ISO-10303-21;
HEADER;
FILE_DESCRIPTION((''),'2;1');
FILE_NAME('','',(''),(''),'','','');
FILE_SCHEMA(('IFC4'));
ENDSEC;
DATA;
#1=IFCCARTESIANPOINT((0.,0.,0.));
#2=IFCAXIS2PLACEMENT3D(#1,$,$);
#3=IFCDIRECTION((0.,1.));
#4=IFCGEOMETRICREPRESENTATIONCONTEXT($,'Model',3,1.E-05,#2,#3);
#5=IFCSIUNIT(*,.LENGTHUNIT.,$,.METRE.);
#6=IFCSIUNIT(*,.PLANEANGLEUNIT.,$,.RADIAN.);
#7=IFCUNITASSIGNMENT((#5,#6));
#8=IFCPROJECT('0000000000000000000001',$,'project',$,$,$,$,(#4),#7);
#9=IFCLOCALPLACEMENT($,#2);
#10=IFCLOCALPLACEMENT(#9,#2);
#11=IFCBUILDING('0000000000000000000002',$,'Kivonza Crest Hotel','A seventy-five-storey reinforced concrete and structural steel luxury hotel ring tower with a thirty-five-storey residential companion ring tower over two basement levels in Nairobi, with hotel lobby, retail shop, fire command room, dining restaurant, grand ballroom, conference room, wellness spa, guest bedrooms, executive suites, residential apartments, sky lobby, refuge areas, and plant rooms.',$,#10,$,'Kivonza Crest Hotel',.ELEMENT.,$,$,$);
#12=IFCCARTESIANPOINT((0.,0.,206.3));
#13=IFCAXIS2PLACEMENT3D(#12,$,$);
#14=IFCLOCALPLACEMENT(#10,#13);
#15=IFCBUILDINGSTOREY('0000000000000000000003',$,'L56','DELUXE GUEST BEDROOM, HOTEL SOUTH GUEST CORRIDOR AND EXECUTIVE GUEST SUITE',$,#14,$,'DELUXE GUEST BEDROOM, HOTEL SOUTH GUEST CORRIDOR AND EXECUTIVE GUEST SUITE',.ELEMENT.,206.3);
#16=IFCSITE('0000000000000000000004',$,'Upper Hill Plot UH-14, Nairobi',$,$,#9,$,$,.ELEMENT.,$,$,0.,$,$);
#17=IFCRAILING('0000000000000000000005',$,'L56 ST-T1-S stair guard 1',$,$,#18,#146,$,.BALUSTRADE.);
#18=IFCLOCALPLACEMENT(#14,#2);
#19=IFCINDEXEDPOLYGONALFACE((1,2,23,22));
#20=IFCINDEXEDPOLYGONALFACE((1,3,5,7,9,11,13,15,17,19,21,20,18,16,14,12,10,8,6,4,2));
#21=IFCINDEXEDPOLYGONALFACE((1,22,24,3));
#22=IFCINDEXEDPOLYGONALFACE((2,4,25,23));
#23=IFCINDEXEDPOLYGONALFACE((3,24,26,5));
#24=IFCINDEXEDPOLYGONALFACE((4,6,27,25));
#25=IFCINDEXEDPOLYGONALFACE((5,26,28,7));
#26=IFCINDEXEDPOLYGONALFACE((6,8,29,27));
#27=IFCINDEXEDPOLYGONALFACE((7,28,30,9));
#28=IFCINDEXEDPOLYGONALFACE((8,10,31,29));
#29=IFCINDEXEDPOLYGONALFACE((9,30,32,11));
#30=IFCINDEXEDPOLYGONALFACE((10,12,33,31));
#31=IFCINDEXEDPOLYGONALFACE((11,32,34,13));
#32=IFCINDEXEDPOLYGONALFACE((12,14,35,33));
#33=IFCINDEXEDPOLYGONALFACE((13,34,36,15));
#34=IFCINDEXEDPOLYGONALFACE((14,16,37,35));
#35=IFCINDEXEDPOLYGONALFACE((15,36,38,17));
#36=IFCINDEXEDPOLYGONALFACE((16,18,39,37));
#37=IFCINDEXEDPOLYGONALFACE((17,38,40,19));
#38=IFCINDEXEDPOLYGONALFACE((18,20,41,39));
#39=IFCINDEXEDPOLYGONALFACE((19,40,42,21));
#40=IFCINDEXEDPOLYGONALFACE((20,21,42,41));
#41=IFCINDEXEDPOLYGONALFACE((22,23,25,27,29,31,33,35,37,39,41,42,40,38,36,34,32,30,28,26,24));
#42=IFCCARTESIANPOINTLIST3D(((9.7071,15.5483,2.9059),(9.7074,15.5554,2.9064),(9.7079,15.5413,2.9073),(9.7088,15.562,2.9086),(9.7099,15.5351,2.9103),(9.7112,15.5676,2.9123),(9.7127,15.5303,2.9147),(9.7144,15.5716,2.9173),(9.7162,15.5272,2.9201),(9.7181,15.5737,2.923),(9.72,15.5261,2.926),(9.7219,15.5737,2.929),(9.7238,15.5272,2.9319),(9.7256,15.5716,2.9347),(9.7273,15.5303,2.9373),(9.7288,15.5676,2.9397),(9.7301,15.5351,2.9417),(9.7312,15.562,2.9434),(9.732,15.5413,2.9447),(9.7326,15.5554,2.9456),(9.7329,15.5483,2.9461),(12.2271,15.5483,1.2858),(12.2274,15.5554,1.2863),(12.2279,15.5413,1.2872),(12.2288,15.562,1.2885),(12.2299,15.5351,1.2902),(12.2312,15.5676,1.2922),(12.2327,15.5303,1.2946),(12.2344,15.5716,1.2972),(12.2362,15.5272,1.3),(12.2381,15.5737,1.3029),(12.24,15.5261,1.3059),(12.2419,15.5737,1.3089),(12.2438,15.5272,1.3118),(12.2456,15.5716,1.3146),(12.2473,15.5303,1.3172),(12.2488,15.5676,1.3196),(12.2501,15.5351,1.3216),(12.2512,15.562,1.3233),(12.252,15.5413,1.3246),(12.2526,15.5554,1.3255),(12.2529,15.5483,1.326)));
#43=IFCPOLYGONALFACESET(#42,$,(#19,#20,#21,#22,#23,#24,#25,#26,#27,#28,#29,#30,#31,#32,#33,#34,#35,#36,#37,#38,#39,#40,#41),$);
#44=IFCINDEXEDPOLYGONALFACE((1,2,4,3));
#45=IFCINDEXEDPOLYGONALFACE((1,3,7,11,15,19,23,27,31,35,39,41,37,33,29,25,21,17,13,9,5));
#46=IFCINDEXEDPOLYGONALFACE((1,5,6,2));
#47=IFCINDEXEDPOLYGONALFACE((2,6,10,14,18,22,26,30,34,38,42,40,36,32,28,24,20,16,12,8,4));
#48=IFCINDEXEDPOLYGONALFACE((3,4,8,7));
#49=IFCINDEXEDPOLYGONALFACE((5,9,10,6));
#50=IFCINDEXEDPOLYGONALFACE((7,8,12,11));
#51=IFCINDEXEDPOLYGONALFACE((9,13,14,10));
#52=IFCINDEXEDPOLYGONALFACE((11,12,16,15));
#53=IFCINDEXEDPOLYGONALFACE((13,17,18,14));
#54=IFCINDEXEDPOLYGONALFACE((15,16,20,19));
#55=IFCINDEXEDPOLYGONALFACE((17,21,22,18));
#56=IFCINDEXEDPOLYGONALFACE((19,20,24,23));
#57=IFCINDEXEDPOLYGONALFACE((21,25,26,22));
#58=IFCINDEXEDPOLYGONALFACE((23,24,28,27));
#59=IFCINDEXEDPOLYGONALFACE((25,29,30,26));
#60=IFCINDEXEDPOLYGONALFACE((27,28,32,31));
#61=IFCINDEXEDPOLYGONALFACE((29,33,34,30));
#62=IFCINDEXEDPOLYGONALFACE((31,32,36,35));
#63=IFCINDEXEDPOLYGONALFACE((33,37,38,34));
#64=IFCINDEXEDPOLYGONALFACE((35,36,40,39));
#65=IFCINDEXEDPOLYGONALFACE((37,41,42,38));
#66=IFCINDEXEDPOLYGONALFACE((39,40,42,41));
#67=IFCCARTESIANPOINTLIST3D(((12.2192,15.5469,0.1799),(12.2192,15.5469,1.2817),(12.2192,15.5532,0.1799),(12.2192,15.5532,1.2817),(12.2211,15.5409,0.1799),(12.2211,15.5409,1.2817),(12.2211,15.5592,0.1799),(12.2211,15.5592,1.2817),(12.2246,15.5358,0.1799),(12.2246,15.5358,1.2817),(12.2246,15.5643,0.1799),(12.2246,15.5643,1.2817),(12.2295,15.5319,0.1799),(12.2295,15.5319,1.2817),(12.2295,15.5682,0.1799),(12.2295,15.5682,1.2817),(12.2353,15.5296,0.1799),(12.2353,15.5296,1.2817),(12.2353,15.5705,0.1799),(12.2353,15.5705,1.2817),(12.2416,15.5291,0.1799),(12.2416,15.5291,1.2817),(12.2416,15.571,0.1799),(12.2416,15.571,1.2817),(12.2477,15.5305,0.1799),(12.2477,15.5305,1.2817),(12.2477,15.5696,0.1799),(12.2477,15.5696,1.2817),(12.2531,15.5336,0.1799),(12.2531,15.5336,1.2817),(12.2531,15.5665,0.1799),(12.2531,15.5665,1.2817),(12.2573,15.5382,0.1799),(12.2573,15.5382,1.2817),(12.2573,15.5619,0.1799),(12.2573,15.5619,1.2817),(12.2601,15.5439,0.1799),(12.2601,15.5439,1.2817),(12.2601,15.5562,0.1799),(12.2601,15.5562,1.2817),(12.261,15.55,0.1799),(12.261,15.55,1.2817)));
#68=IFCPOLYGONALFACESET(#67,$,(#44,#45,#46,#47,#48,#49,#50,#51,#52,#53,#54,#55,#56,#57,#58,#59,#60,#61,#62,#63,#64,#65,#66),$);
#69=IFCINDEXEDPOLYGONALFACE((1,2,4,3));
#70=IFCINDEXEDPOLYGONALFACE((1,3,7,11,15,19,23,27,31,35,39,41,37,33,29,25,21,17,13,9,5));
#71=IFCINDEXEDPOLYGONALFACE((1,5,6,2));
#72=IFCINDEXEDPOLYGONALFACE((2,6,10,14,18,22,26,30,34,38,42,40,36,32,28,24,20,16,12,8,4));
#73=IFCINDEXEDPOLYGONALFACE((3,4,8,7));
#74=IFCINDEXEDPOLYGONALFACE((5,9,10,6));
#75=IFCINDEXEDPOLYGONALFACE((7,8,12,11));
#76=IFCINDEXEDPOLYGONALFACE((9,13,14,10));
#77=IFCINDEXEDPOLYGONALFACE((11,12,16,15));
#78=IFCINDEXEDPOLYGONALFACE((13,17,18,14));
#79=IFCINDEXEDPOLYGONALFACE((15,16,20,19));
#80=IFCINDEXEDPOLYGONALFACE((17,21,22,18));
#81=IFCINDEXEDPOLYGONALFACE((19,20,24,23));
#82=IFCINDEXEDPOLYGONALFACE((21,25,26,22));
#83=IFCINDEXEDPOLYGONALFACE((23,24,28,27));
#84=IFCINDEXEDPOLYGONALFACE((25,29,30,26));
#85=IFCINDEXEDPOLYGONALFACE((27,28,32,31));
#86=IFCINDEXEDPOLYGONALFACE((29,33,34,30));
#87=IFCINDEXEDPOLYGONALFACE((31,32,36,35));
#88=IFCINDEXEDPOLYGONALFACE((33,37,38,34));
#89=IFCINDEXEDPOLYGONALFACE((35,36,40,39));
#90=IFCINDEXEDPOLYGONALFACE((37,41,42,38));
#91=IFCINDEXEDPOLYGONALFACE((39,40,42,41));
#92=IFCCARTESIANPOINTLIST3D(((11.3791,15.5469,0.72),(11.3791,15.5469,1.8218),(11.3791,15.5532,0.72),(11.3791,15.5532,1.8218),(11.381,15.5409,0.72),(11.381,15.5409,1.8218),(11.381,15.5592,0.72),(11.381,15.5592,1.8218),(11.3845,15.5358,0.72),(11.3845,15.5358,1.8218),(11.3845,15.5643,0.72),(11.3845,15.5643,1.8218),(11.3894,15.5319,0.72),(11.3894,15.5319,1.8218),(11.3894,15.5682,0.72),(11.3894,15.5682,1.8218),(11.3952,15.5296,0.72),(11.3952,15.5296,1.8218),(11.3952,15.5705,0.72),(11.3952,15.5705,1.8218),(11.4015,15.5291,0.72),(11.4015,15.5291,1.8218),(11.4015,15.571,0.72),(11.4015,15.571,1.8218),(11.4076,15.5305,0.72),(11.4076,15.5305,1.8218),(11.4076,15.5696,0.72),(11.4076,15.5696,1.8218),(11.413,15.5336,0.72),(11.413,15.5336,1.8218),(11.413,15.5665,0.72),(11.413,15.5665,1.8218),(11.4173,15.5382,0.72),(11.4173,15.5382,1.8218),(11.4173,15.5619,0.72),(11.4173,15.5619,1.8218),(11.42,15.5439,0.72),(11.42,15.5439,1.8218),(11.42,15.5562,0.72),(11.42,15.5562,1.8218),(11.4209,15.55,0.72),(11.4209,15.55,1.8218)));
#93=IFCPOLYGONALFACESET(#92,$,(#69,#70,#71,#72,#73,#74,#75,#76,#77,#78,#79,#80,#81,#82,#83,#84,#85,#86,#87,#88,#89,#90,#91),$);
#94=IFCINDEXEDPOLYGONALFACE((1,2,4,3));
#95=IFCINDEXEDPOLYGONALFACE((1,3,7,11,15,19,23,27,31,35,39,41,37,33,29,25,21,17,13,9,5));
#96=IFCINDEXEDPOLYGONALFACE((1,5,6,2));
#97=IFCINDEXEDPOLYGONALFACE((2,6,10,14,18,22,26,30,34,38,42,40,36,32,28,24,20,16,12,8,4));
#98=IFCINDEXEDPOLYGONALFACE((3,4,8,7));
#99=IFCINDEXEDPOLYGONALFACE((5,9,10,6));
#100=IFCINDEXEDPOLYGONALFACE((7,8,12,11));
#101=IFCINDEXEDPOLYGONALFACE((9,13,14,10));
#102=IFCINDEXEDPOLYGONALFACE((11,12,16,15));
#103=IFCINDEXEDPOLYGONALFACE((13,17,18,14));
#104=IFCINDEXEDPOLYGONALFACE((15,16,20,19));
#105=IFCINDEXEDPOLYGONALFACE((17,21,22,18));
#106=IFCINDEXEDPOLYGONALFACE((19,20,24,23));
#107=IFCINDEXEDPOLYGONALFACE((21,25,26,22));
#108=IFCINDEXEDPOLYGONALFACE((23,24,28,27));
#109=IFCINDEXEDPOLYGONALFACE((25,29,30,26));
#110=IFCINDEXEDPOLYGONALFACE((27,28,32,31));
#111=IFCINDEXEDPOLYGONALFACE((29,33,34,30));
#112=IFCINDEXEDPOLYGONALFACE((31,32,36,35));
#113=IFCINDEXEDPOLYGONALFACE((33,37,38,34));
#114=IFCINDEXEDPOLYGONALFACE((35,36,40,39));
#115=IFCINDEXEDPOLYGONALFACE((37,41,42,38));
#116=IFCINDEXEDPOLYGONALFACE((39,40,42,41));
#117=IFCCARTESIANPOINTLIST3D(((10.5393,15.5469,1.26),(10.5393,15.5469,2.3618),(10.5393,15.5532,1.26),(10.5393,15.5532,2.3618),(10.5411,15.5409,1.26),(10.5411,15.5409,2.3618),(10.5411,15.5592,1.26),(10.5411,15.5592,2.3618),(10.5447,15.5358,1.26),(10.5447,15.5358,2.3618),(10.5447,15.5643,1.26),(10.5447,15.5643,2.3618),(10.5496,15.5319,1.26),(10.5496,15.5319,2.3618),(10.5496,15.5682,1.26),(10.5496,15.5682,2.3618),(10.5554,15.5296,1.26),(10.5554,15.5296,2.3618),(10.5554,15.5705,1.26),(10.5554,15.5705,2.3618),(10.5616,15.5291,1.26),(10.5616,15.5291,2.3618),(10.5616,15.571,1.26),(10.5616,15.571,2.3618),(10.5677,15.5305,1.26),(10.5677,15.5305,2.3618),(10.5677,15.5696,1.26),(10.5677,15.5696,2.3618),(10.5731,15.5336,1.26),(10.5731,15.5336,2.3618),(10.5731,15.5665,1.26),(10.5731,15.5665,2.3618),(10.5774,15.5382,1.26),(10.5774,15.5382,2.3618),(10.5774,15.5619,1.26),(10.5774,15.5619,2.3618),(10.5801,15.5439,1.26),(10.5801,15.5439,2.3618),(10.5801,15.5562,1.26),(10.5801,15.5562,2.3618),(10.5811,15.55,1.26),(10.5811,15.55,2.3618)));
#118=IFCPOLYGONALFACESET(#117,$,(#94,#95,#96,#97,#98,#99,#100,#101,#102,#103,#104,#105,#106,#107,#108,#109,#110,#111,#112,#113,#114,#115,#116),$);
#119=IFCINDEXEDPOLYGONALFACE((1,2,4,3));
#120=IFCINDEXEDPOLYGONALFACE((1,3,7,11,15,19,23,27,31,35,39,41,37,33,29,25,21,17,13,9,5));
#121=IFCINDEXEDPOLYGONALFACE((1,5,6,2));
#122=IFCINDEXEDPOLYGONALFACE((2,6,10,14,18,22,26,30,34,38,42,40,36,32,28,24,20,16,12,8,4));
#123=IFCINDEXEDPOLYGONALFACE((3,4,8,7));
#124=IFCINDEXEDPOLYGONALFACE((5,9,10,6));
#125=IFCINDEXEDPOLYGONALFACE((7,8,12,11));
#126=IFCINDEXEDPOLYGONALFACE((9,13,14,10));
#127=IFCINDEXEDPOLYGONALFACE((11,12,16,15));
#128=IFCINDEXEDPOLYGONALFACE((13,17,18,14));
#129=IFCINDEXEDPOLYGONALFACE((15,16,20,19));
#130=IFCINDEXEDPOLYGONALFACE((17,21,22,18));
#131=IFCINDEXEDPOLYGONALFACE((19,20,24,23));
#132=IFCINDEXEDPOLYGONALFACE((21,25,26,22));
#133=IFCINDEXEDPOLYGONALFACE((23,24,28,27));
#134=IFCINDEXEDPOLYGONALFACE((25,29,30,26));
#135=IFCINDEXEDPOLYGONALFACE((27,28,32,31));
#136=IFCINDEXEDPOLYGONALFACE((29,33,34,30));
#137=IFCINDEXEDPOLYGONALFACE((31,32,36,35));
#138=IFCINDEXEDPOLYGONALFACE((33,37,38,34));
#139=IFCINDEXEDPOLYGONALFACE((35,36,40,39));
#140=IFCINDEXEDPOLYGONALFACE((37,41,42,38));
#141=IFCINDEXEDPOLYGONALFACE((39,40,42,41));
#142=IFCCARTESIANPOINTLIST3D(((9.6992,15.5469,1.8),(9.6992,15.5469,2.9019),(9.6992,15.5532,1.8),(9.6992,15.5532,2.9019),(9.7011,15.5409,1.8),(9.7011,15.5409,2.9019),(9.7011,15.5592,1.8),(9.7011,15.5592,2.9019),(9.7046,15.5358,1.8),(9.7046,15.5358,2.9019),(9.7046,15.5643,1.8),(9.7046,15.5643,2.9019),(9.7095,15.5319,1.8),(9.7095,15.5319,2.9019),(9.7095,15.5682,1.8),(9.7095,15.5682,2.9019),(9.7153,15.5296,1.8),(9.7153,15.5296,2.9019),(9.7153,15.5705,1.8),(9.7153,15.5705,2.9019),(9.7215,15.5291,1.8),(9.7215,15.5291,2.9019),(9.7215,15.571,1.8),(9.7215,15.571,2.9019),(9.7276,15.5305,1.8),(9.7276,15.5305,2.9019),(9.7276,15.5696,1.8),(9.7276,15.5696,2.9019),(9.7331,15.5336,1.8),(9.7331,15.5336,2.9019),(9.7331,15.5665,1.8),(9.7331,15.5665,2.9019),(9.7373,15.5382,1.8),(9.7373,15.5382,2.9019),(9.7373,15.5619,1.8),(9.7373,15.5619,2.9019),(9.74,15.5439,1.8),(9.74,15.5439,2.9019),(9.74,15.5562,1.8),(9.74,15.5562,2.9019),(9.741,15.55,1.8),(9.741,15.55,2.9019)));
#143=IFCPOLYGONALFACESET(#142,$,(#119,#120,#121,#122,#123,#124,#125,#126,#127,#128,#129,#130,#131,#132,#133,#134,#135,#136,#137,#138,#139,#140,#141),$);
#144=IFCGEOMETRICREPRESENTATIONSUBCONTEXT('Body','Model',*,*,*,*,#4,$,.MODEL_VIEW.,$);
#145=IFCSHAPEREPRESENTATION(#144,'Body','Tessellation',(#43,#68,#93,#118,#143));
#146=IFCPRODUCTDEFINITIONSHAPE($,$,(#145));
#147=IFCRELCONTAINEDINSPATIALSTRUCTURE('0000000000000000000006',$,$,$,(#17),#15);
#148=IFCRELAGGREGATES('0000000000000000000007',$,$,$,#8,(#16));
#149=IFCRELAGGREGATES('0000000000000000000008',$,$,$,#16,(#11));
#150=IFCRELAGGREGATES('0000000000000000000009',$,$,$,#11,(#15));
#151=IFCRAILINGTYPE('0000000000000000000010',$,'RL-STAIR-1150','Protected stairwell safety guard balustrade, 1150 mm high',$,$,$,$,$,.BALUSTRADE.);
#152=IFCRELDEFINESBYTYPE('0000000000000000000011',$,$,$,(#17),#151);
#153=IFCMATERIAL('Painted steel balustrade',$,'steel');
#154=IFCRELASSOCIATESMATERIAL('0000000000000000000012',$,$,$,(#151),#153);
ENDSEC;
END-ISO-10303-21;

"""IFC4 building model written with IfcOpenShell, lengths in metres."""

from ifc_helpers import new_model, si_unit, direction, frame, origin, origin_2d, place, context, subcontext, project, spatial, circle, extrude, material, type_object, element, save


model = new_model("IFC4")

# Units and contexts
model_context = context("Model", 3, precision=1e-05, world=origin(), true_north=direction((0.0, 1.0)))
body_context = subcontext(model_context, "Body", "Model", "MODEL_VIEW")
ifc_project = project(units=[si_unit("LENGTHUNIT", "METRE"), si_unit("PLANEANGLEUNIT", "RADIAN")], contexts=[model_context])

# Site, building, storey
site_placement = place(None, origin())
site = spatial("IfcSite", under=ifc_project, at=site_placement, Name="Upper Hill Plot UH-14, Nairobi", CompositionType="ELEMENT", RefElevation=0.0)
building_placement = place(site_placement, origin())
building = spatial("IfcBuilding", under=site, at=building_placement, Name="Kivonza Crest Hotel", Description="A seventy-five-storey reinforced concrete and structural steel luxury hotel ring tower with a thirty-five-storey residential companion ring tower over two basement levels in Nairobi, with hotel lobby, retail shop, fire command room, dining restaurant, grand ballroom, conference room, wellness spa, guest bedrooms, executive suites, residential apartments, sky lobby, refuge areas, and plant rooms.", LongName="Kivonza Crest Hotel", CompositionType="ELEMENT")
storey_placement = place(building_placement, frame((0.0, 0.0, 206.3)))
storey = spatial("IfcBuildingStorey", under=building, at=storey_placement, Name="L56", Description="DELUXE GUEST BEDROOM, HOTEL SOUTH GUEST CORRIDOR AND EXECUTIVE GUEST SUITE", LongName="DELUXE GUEST BEDROOM, HOTEL SOUTH GUEST CORRIDOR AND EXECUTIVE GUEST SUITE", CompositionType="ELEMENT", Elevation=206.3)

# Railing
ifc_material_1 = material(Name="Painted steel balustrade", Category="steel")
railing_type_1 = type_object("IfcRailingType", Name="RL-STAIR-1150", Description="Protected stairwell safety guard balustrade, 1150 mm high", PredefinedType="BALUSTRADE", material=ifc_material_1)
railing_1_placement = place(storey_placement, frame((12.24, 15.55, 0.1799)))
element("IfcRailing", 1, at=railing_1_placement, inside=storey, type_object=railing_type_1, Name="L56 ST-T1-S stair guard 1", PredefinedType="BALUSTRADE", context=body_context, shape_type="SweptSolid", body=[
    extrude(circle(Radius=0.0239, at=origin_2d()), frame((0.0, 0.0, 1.126), z_axis=(-0.841163, 0.0, 0.540782), x_axis=(0.0, -1.0, 0.0)), (0.0, 0.0, 1.0), 2.9958),
    extrude(circle(Radius=0.021, at=origin_2d()), origin(), (0.0, 0.0, 1.0), 1.1018),
    extrude(circle(Radius=0.021, at=origin_2d()), frame((-0.8401, 0.0, 0.54)), (0.0, 0.0, 1.0), 1.1018),
    extrude(circle(Radius=0.021, at=origin_2d()), frame((-1.6799, 0.0, 1.0801)), (0.0, 0.0, 1.0), 1.1018),
    extrude(circle(Radius=0.021, at=origin_2d()), frame((-2.52, 0.0, 1.6201)), (0.0, 0.0, 1.0), 1.1018),
])

save(model, "model.ifc")
